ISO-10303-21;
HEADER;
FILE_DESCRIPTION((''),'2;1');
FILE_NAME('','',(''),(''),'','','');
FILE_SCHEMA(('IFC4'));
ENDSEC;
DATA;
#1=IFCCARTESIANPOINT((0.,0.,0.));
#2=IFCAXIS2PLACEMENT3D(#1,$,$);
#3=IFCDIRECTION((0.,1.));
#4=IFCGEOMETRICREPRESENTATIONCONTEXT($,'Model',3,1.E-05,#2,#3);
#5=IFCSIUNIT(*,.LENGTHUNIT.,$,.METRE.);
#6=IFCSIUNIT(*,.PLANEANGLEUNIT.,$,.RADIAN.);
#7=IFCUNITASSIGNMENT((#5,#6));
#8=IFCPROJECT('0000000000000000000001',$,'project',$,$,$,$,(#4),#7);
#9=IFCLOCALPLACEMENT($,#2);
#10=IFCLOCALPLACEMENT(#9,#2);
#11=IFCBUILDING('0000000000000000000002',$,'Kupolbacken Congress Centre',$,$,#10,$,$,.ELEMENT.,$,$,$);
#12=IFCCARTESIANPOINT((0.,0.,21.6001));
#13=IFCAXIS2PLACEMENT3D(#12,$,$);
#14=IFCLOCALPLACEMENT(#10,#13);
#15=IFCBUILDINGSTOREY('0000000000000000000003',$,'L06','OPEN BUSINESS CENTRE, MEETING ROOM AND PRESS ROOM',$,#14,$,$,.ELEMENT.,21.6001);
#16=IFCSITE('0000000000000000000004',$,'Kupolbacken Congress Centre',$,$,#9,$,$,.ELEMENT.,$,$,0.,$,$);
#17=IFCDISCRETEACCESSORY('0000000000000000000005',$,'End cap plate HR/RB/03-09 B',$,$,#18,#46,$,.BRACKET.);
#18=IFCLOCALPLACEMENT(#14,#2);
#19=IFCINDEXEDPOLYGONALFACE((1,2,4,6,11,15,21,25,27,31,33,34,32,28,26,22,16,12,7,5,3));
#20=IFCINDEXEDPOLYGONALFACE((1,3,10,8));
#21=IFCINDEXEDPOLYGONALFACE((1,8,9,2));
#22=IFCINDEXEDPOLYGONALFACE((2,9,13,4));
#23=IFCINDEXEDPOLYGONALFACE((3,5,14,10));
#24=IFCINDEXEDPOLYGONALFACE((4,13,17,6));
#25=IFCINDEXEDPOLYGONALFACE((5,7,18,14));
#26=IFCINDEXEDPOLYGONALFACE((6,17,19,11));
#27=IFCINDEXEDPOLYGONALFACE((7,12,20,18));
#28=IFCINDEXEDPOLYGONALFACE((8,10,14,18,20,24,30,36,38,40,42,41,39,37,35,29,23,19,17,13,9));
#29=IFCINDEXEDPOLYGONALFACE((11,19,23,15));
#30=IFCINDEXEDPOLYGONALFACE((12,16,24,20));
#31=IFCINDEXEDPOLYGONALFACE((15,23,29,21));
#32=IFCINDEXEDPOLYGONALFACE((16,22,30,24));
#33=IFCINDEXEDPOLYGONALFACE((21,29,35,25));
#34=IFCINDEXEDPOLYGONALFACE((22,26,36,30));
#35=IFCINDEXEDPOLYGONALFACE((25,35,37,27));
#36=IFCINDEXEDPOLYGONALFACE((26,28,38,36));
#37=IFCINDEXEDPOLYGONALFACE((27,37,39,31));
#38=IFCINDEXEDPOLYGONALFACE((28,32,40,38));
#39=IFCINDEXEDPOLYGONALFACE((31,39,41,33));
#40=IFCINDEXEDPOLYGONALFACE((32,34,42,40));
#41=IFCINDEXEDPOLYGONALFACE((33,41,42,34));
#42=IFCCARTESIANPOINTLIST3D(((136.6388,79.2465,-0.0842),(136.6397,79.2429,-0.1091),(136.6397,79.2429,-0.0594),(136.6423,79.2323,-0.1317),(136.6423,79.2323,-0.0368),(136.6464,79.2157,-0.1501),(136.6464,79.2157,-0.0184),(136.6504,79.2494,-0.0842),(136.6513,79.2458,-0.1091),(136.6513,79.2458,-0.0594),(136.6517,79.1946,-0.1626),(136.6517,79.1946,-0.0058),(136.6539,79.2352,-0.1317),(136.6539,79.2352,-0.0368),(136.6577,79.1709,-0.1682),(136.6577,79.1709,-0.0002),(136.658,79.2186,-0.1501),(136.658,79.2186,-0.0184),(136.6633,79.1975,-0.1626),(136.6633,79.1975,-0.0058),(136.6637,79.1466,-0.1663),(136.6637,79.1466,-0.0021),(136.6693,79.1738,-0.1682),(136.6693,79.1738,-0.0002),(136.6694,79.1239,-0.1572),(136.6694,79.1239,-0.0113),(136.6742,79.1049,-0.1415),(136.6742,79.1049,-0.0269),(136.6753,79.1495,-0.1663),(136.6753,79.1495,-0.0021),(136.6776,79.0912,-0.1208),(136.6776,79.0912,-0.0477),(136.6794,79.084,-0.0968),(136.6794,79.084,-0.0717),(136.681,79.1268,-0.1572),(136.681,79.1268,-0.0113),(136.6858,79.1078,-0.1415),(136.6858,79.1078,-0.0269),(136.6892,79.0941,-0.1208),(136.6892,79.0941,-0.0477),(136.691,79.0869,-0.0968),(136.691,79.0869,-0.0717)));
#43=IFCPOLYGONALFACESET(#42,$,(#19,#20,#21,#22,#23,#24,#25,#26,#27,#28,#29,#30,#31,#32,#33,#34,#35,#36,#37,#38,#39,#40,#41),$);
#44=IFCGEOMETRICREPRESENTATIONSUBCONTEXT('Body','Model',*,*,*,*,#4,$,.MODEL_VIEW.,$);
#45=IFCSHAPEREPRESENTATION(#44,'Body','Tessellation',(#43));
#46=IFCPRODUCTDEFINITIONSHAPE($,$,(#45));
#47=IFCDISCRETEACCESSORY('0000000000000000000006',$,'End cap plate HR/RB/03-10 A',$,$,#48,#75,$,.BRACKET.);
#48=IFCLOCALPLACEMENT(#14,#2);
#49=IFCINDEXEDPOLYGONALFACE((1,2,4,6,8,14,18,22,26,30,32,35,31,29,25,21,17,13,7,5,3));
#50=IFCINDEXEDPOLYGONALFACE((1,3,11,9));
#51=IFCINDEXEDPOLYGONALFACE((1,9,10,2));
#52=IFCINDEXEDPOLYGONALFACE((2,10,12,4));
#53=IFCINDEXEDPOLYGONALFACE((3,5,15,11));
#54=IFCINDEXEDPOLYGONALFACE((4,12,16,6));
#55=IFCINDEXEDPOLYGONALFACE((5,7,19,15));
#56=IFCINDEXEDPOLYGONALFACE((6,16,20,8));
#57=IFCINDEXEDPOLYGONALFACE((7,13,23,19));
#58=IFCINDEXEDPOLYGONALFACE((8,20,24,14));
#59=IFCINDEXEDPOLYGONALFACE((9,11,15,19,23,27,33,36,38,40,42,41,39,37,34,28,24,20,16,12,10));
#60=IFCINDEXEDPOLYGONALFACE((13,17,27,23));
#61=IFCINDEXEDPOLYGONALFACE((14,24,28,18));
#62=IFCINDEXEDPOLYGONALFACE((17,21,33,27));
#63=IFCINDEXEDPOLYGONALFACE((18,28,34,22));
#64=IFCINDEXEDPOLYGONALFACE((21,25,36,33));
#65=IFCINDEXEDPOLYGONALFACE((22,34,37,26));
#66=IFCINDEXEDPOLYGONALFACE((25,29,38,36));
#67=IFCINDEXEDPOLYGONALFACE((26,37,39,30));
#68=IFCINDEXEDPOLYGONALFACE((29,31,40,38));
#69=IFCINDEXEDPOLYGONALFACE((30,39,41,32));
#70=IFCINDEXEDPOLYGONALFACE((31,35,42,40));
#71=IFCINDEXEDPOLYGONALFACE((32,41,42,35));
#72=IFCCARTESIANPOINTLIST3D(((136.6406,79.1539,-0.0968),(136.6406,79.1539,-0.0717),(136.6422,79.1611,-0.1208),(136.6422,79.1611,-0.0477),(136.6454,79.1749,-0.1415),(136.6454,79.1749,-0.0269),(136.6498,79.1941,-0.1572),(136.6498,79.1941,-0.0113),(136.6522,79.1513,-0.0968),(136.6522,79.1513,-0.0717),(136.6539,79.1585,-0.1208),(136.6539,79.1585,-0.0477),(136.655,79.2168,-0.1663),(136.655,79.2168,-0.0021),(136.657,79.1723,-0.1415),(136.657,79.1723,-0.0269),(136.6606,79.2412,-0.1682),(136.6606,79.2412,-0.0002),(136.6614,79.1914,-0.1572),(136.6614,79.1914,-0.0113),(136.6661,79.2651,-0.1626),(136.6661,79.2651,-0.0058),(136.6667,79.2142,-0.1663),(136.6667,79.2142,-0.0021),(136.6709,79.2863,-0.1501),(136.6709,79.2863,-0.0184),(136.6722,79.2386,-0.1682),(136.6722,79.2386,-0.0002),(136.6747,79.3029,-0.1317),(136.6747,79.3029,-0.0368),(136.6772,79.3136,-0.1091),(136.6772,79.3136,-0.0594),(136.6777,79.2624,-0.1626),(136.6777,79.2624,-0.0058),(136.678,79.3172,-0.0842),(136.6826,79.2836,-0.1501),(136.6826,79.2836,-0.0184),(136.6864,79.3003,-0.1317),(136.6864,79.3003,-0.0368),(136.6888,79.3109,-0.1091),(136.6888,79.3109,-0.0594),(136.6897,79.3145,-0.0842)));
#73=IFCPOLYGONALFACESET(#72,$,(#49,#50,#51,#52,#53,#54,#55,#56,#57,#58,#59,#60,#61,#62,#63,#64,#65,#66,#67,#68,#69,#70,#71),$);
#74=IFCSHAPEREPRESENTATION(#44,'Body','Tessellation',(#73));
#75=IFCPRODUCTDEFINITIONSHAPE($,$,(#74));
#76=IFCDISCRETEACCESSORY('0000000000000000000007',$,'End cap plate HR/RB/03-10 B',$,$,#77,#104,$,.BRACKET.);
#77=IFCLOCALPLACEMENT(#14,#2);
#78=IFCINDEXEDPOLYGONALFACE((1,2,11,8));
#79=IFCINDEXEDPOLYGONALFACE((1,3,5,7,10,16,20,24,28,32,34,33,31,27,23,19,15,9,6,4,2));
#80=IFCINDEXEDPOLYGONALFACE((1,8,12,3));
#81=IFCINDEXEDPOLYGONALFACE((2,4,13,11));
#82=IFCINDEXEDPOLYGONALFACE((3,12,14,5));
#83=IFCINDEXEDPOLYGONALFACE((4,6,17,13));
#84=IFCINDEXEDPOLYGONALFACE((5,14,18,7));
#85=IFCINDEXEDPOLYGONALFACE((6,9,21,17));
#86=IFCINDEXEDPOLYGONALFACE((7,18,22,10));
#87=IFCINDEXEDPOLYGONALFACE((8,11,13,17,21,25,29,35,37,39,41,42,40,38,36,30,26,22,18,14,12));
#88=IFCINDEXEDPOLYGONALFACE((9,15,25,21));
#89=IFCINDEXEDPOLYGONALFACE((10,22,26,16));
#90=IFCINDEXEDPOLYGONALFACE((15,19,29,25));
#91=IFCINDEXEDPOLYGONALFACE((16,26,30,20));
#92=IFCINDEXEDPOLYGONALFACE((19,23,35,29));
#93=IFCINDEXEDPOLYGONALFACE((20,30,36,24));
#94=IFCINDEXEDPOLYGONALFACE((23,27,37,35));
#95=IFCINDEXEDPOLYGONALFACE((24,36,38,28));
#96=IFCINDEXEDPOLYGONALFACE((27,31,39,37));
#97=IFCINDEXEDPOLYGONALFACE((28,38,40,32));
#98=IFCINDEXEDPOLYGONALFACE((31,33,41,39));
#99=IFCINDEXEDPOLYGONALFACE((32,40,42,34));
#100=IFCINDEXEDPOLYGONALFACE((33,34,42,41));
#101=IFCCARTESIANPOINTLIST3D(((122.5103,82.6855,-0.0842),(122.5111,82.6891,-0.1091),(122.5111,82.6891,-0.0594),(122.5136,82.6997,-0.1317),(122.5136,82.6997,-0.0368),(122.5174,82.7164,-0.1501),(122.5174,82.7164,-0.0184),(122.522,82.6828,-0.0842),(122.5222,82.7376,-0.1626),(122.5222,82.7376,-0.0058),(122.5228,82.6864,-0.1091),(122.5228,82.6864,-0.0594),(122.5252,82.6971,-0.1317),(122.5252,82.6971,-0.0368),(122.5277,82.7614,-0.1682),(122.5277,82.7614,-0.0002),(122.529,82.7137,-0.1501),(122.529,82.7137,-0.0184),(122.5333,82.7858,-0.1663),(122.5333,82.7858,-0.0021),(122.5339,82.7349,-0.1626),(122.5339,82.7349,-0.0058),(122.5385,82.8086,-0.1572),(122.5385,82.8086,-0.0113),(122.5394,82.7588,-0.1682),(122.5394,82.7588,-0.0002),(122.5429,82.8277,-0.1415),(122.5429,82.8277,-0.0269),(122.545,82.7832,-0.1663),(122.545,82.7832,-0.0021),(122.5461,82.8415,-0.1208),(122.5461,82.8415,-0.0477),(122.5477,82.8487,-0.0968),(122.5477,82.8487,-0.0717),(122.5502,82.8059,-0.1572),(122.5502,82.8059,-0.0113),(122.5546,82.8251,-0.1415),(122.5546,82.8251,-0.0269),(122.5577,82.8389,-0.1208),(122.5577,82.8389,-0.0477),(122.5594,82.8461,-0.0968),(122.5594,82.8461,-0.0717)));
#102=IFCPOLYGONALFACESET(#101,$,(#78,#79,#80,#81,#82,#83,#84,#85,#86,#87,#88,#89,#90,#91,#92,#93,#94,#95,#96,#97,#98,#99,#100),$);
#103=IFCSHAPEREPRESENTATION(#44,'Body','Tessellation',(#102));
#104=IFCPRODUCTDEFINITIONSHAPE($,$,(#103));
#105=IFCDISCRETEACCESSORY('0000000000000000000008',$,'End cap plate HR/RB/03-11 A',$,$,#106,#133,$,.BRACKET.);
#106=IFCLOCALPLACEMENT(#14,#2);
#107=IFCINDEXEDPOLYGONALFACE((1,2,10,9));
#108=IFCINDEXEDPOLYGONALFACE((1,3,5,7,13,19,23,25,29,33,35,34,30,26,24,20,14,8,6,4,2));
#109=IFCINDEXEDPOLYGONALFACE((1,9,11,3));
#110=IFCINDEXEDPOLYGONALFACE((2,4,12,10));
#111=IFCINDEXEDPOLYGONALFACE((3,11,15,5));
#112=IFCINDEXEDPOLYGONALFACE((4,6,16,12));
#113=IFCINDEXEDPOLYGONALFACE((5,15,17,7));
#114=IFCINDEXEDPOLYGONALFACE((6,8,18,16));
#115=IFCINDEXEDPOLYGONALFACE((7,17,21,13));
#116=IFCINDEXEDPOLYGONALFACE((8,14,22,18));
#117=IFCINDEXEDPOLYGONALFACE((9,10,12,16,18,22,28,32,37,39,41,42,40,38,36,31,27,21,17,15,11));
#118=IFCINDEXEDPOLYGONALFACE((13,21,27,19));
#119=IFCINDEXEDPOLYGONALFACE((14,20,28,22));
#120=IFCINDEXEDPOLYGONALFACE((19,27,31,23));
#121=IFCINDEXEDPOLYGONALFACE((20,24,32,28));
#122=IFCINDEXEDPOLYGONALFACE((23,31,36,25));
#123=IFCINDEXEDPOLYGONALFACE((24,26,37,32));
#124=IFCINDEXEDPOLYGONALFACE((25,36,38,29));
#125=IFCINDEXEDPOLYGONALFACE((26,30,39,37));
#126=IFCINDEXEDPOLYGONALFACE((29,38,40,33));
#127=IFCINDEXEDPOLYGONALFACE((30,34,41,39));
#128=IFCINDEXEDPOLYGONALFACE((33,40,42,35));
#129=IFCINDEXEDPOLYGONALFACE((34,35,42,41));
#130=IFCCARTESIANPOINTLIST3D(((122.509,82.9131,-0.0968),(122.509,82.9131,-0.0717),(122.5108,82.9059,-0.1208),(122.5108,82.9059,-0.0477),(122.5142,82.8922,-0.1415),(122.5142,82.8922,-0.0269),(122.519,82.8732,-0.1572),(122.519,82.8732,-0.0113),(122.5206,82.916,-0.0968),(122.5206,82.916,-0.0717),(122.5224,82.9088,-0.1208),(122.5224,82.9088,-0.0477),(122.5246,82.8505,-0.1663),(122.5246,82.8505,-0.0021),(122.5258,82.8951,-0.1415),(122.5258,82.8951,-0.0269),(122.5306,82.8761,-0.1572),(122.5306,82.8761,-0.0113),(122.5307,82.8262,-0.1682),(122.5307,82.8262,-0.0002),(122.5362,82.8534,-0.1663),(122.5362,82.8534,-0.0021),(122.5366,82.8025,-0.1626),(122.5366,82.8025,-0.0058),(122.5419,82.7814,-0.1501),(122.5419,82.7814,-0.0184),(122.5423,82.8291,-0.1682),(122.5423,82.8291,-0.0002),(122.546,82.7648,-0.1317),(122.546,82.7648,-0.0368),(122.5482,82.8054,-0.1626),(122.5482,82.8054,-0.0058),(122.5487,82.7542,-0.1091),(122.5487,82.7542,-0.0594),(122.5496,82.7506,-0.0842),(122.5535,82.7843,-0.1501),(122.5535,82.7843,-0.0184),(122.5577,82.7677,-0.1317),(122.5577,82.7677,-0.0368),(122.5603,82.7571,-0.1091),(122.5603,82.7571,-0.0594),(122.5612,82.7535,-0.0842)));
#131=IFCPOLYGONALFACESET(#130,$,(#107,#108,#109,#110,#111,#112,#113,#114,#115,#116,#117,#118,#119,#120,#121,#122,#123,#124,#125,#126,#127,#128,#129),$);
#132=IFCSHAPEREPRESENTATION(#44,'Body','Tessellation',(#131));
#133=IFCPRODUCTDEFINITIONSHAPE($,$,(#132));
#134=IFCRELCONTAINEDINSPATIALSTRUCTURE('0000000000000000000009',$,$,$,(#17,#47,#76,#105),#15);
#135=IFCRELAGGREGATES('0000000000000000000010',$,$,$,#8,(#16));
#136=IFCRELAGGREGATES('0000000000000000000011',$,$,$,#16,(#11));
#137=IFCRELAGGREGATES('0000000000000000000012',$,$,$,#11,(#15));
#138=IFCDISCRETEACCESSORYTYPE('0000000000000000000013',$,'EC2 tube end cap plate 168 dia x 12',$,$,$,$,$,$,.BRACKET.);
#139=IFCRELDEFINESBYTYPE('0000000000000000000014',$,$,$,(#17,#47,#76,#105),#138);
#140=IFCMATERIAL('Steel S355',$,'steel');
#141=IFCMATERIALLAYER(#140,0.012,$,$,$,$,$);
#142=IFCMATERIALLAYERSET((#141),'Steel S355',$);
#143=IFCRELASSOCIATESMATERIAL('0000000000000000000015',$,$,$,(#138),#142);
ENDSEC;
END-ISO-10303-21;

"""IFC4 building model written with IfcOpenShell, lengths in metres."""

from ifc_helpers import new_model, si_unit, direction, frame, origin, origin_2d, place, context, subcontext, project, spatial, circle, extrude, material, layer, layer_set, type_object, element, save


model = new_model("IFC4")

# Units and contexts
model_context = context("Model", 3, precision=1e-05, world=origin(), true_north=direction((0.0, 1.0)))
body_context = subcontext(model_context, "Body", "Model", "MODEL_VIEW")
ifc_project = project(units=[si_unit("LENGTHUNIT", "METRE"), si_unit("PLANEANGLEUNIT", "RADIAN")], contexts=[model_context])

# Site, building, storey
site_placement = place(None, origin())
site = spatial("IfcSite", under=ifc_project, at=site_placement, Name="Kupolbacken Congress Centre", CompositionType="ELEMENT", RefElevation=0.0)
building_placement = place(site_placement, origin())
building = spatial("IfcBuilding", under=site, at=building_placement, Name="Kupolbacken Congress Centre", CompositionType="ELEMENT")
storey_placement = place(building_placement, frame((0.0, 0.0, 21.6001)))
storey = spatial("IfcBuildingStorey", under=building, at=storey_placement, Name="L06", Description="OPEN BUSINESS CENTRE, MEETING ROOM AND PRESS ROOM", CompositionType="ELEMENT", Elevation=21.6001)

# Discrete accessories
ifc_material_1 = material(Name="Steel S355", Category="steel")
ifc_layer_1 = layer(ifc_material_1, 0.012)
ifc_layer_set_1 = layer_set([ifc_layer_1], Name="Steel S355")
discrete_accessory_type = type_object("IfcDiscreteAccessoryType", Name="EC2 tube end cap plate 168 dia x 12", PredefinedType="BRACKET", material=ifc_layer_set_1)
for number, where, z_axis, x_axis, name in (
    (1, (136.6592, 79.1648, -0.0842), (0.970143, 0.242536, 0.0), (-0.242536, 0.970143, 0.0), "End cap plate HR/RB/03-09 B"),
    (2, (136.6592, 79.2351, -0.0842), (0.974732, -0.223376, 0.0), (0.223376, 0.974732, 0.0), "End cap plate HR/RB/03-10 A"),
    (3, (122.5408, 82.7649, -0.0842), (-0.974732, 0.223376, 0.0), (-0.223376, -0.974732, 0.0), "End cap plate HR/RB/03-10 B"),
    (4, (122.5408, 82.8352, -0.0842), (-0.970143, -0.242536, 0.0), (0.242536, -0.970143, 0.0), "End cap plate HR/RB/03-11 A"),
):
    element("IfcDiscreteAccessory", number, at=place(storey_placement, frame(where, z_axis=z_axis, x_axis=x_axis)), inside=storey, type_object=discrete_accessory_type, Name=name, PredefinedType="BRACKET", context=body_context, shape_type="SweptSolid", body=[
        extrude(circle(Radius=0.0842, at=origin_2d()), origin(), (0.0, 0.0, 1.0), 0.012),
    ])

save(model, "model.ifc")
